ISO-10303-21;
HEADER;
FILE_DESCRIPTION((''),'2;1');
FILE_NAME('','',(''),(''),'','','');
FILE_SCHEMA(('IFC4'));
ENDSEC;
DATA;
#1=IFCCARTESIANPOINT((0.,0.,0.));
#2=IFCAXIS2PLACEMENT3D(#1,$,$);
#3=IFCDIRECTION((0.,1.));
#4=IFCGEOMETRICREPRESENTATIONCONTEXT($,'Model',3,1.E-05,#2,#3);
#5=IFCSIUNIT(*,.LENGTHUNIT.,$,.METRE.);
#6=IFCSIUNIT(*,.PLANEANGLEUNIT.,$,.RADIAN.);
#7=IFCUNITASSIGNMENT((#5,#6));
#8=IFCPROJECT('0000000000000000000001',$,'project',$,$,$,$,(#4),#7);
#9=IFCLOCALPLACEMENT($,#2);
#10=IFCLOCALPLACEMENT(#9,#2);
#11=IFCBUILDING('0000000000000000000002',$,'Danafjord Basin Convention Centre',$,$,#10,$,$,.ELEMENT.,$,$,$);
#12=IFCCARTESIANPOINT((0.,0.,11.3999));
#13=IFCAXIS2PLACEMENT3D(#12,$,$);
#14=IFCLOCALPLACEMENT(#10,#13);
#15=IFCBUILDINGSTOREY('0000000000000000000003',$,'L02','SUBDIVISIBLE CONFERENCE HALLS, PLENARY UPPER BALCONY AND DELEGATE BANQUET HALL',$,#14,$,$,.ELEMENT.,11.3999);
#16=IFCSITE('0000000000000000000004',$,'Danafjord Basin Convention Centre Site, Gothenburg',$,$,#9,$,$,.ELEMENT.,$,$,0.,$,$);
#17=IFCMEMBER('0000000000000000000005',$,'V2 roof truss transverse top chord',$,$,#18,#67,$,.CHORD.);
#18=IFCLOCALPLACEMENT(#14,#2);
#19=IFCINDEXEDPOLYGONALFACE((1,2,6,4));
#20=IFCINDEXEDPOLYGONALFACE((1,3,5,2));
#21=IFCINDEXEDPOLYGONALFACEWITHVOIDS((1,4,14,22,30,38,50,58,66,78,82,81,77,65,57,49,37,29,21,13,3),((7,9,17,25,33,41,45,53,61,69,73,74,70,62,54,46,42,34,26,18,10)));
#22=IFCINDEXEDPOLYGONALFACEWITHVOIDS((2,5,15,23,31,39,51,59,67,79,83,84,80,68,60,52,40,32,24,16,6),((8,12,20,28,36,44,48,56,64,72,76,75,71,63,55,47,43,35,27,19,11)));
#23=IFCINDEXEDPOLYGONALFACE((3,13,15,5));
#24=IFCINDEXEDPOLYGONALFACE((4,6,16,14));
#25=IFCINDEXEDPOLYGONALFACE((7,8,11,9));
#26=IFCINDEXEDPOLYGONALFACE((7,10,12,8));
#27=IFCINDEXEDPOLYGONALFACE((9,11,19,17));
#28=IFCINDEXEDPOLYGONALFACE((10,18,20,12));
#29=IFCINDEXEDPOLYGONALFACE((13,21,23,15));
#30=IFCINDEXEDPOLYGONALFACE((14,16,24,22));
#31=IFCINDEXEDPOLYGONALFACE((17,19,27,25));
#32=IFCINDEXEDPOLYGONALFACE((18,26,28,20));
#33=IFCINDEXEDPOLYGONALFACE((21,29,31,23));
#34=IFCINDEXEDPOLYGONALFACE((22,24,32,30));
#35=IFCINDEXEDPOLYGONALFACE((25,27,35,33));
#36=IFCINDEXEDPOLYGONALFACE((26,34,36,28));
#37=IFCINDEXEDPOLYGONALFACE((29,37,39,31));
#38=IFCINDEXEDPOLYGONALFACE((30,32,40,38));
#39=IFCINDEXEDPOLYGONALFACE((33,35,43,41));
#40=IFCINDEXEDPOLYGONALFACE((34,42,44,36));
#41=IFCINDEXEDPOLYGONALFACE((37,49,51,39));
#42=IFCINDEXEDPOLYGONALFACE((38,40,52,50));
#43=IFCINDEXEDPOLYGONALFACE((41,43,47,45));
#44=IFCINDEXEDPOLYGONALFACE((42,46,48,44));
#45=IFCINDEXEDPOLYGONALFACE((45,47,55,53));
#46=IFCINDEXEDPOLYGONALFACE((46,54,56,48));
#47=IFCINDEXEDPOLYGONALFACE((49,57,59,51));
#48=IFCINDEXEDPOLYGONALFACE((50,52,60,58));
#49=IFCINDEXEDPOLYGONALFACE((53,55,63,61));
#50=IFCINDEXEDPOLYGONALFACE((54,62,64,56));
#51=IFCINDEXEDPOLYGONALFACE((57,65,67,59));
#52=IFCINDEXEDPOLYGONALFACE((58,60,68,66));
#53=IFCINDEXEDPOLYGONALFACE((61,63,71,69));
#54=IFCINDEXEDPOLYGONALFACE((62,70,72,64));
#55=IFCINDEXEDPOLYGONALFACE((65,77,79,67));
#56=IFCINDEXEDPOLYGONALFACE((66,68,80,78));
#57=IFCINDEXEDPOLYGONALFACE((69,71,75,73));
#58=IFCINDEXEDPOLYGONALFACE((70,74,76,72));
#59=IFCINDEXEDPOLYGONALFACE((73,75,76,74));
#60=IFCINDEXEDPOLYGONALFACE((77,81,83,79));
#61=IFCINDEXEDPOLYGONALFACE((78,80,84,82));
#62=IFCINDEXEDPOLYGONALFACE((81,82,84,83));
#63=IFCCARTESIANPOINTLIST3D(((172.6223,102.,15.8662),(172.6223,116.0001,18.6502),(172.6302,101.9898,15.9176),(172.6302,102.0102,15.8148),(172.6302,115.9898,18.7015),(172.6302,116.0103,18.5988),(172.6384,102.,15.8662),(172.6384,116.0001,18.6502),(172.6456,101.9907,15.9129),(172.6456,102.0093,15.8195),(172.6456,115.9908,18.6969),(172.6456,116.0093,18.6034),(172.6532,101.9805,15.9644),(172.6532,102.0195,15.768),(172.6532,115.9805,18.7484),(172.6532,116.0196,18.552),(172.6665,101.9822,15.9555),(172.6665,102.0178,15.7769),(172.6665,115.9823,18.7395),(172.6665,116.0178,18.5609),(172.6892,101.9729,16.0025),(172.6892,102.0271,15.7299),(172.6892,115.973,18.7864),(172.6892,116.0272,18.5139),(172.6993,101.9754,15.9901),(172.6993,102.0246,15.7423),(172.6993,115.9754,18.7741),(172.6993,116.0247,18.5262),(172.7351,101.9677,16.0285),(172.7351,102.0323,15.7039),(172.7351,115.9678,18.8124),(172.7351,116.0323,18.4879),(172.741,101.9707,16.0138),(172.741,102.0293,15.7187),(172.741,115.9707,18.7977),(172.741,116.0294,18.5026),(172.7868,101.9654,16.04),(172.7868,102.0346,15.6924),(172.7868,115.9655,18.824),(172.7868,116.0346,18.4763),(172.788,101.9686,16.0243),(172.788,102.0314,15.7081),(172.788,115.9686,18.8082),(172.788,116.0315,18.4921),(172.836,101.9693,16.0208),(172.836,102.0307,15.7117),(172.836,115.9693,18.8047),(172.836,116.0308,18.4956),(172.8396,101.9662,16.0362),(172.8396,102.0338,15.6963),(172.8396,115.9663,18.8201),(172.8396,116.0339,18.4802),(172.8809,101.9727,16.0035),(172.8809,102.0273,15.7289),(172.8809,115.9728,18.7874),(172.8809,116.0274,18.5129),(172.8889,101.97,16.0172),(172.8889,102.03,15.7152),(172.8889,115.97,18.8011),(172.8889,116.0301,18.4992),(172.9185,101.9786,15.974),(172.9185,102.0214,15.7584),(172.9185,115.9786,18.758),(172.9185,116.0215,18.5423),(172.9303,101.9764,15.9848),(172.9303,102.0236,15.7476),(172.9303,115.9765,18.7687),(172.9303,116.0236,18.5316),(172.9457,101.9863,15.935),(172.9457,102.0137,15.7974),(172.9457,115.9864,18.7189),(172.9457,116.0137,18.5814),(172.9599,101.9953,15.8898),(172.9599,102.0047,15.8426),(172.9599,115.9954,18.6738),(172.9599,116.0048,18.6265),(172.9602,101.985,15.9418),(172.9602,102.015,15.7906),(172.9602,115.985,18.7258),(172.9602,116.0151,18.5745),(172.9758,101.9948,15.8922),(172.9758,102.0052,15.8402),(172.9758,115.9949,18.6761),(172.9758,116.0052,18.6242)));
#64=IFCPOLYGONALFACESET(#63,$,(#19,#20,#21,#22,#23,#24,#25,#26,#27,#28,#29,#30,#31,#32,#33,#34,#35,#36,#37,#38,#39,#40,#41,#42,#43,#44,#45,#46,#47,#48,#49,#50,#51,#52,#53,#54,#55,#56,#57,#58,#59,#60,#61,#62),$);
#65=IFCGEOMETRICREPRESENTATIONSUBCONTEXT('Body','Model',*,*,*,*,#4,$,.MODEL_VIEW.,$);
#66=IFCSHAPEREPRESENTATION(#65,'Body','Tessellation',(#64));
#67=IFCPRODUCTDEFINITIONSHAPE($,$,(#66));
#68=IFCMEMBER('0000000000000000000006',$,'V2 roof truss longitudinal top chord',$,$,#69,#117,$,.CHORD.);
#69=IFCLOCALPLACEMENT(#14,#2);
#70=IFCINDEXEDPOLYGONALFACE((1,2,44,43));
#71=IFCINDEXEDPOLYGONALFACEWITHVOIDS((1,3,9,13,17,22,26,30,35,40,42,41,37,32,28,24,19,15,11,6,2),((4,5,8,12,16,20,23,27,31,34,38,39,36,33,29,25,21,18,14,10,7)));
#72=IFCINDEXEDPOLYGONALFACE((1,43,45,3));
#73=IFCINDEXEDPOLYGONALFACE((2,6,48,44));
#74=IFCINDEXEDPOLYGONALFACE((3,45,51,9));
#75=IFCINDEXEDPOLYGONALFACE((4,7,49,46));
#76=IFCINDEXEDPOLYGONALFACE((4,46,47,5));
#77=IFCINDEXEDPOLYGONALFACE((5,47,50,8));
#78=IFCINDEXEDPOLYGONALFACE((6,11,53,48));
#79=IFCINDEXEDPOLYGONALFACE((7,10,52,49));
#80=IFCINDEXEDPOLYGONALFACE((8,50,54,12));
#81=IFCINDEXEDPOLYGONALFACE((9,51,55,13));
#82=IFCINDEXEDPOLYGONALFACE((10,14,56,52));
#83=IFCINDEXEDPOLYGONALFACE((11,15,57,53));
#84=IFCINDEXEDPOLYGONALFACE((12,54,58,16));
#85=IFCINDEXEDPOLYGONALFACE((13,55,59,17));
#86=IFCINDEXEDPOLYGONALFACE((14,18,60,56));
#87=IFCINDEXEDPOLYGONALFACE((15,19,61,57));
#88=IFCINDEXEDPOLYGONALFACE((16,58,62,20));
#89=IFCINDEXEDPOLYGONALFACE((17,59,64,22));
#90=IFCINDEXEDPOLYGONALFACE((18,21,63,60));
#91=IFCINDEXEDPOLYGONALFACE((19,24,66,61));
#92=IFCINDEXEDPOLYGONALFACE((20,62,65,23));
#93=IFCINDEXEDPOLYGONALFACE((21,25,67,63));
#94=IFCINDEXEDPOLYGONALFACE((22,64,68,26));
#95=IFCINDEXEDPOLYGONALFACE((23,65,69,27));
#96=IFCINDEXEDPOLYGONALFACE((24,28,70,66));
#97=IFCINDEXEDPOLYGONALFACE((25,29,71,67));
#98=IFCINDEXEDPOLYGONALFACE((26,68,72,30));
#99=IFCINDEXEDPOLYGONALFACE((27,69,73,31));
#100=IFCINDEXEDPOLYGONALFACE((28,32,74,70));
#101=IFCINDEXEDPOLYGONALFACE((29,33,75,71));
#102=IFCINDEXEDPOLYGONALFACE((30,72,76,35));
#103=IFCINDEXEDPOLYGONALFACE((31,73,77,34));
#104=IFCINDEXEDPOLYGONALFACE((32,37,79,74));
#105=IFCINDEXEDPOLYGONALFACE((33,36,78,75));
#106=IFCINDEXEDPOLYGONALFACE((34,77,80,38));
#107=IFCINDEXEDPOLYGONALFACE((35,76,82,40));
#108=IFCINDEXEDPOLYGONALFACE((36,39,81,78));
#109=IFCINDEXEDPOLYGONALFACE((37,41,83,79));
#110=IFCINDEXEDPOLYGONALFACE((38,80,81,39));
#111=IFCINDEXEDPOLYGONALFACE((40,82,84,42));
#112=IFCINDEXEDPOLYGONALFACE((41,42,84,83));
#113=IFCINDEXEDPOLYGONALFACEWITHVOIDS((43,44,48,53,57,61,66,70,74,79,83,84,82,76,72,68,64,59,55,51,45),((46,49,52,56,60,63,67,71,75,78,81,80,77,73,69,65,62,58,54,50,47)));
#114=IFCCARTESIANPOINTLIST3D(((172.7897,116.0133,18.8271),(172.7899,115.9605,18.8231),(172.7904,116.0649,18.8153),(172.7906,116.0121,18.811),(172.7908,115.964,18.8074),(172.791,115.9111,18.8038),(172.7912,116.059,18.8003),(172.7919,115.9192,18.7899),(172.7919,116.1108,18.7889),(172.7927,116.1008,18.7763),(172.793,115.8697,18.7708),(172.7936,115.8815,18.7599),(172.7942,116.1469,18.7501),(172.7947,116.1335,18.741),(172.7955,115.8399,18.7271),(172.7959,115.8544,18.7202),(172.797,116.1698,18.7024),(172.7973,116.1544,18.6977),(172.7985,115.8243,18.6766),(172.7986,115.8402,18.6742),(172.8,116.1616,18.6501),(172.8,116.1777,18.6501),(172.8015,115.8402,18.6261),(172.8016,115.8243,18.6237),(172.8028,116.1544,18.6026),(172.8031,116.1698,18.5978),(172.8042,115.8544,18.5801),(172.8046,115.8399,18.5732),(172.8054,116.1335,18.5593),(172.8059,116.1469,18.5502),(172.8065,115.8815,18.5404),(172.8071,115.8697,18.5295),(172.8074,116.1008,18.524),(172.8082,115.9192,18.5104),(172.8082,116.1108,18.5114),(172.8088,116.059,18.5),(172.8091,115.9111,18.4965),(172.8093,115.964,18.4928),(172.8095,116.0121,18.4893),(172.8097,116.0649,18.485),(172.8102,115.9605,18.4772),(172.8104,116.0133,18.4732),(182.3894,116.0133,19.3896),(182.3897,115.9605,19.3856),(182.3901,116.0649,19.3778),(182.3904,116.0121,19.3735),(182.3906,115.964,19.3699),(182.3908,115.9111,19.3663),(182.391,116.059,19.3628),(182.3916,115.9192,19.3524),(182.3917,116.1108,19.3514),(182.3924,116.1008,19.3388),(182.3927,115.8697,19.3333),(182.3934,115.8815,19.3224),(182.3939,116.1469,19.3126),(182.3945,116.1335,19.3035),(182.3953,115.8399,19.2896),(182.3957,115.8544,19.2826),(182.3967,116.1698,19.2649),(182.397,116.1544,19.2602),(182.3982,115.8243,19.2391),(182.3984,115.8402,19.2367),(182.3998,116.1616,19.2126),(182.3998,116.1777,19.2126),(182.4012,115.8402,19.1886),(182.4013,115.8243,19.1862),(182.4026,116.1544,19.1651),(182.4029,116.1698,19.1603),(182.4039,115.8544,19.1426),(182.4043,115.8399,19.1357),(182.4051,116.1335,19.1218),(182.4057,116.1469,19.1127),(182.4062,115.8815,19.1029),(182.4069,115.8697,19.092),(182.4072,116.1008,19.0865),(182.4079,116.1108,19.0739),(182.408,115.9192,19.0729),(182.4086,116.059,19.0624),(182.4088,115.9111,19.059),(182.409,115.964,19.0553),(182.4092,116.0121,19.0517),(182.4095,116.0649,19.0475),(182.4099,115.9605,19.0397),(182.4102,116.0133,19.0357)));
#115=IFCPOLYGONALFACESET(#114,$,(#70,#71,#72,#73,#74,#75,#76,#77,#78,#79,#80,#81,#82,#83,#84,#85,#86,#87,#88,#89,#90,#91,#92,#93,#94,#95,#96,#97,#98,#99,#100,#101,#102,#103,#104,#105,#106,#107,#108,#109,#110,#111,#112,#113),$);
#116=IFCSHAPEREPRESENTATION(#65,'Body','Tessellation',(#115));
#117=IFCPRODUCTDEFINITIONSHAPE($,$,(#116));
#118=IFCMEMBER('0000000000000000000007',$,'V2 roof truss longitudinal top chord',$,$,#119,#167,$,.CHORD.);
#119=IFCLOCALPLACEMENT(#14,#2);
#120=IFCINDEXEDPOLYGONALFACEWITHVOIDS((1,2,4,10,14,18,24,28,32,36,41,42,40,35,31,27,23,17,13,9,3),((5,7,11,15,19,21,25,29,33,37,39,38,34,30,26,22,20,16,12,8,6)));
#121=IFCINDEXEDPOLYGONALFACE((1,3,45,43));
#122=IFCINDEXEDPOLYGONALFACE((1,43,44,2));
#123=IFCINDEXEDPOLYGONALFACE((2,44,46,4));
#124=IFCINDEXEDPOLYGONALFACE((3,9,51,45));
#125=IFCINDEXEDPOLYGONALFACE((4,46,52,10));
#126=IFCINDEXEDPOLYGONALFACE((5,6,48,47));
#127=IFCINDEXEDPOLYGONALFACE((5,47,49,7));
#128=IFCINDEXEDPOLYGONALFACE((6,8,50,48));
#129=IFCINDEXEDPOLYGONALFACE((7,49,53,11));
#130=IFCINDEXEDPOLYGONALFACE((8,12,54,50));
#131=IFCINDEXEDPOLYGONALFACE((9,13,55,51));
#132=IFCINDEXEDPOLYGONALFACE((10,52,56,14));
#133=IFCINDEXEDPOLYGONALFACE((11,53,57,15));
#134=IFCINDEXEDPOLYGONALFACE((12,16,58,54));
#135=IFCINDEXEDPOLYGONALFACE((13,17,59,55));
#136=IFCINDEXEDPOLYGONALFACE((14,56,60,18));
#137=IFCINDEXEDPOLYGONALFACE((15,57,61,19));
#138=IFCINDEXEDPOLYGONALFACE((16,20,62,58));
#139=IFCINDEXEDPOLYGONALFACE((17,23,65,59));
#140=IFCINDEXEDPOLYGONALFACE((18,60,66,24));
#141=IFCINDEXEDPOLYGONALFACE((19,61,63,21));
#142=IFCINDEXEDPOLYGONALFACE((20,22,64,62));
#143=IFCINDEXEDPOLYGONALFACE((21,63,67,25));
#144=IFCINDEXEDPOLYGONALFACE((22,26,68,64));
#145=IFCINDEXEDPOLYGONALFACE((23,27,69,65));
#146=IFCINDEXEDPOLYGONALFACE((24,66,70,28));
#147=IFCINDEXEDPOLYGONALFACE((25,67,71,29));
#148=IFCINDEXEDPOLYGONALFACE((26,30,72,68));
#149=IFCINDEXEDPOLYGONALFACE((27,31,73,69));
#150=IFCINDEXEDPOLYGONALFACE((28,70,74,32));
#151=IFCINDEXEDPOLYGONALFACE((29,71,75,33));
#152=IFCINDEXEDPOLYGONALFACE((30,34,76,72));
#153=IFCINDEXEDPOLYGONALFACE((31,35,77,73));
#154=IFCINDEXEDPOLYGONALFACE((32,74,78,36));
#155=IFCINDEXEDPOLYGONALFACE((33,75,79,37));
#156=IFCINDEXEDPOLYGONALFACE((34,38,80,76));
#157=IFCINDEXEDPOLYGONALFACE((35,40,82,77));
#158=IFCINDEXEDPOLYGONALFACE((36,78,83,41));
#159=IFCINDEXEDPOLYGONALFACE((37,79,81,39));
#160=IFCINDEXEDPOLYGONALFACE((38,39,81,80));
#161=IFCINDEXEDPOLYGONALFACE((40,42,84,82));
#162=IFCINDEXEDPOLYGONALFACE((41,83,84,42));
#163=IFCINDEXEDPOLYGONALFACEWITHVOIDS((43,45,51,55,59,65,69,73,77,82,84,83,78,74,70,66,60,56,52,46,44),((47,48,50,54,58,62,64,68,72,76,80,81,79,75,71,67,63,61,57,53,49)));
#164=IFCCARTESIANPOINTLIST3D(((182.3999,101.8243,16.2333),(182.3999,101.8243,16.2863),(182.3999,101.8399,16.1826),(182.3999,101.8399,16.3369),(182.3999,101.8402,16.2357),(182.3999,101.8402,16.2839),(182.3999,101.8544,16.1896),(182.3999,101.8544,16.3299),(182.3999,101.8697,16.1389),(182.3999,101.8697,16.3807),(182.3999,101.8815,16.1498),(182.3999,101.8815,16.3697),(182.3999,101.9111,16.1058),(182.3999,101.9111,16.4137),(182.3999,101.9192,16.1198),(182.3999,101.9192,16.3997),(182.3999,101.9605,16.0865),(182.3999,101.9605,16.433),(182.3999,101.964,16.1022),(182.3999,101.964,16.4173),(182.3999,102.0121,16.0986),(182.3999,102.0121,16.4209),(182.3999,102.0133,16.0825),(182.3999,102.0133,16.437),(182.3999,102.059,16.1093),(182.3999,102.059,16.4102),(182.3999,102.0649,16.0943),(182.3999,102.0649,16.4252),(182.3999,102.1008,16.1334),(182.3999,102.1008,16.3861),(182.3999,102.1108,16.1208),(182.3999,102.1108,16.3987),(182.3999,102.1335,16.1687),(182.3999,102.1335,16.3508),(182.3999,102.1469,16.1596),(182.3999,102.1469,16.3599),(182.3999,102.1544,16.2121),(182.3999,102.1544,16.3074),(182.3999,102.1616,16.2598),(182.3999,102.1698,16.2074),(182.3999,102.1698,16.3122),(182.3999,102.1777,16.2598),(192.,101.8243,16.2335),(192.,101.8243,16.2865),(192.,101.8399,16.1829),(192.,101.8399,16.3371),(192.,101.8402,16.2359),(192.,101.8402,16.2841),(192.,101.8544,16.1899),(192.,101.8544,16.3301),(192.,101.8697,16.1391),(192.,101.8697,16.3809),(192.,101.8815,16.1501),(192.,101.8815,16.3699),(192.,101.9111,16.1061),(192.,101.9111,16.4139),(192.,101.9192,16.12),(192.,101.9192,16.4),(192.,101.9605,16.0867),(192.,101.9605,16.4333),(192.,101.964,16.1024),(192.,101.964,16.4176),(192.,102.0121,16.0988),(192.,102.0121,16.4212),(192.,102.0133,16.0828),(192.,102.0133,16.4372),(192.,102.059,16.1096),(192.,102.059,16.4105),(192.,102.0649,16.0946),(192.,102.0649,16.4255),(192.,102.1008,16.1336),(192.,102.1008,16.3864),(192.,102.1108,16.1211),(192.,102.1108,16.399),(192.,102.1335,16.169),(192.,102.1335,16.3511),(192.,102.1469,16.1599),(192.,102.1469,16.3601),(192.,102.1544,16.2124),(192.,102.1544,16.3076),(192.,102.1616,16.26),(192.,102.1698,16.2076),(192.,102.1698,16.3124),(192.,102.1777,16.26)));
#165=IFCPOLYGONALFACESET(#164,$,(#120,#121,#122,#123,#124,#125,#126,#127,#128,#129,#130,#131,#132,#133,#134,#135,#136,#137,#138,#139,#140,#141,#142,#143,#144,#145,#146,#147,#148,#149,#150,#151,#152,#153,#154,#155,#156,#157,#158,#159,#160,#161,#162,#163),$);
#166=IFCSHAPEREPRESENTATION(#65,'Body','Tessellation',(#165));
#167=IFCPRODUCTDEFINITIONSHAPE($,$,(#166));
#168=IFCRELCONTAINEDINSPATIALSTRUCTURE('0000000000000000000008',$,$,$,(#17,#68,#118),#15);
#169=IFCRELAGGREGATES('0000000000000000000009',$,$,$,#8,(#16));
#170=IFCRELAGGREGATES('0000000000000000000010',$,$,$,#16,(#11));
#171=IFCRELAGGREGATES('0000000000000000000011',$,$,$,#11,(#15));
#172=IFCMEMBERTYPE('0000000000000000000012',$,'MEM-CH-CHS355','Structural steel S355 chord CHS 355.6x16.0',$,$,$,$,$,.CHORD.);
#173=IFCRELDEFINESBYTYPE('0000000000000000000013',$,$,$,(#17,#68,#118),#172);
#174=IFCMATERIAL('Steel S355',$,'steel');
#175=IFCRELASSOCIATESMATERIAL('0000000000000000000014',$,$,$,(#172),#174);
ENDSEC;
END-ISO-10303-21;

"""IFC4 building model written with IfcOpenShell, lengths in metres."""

from ifc_helpers import new_model, si_unit, direction, frame, origin, origin_2d, place, context, subcontext, project, spatial, hollow_circle, extrude, material, material_profile, profile_set, type_object, element, save


model = new_model("IFC4")

# Units and contexts
model_context = context("Model", 3, precision=1e-05, world=origin(), true_north=direction((0.0, 1.0)))
body_context = subcontext(model_context, "Body", "Model", "MODEL_VIEW")
ifc_project = project(units=[si_unit("LENGTHUNIT", "METRE"), si_unit("PLANEANGLEUNIT", "RADIAN")], contexts=[model_context])

# Site, building, storey
site_placement = place(None, origin())
site = spatial("IfcSite", under=ifc_project, at=site_placement, Name="Danafjord Basin Convention Centre Site, Gothenburg", CompositionType="ELEMENT", RefElevation=0.0)
building_placement = place(site_placement, origin())
building = spatial("IfcBuilding", under=site, at=building_placement, Name="Danafjord Basin Convention Centre", CompositionType="ELEMENT")
storey_placement = place(building_placement, frame((0.0, 0.0, 11.3999)))
storey = spatial("IfcBuildingStorey", under=building, at=storey_placement, Name="L02", Description="SUBDIVISIBLE CONFERENCE HALLS, PLENARY UPPER BALCONY AND DELEGATE BANQUET HALL", CompositionType="ELEMENT", Elevation=11.3999)

# Members
ifc_material = material(Name="Steel S355", Category="steel")
ifc_material_profile_1 = material_profile(ifc_material, hollow_circle(Radius=0.1777, WallThickness=0.0161, at=origin_2d()), Name="CHS 355.6x16.0")
ifc_profile_set_1 = profile_set([ifc_material_profile_1], Name="Steel S355")
member_type_1 = type_object("IfcMemberType", Name="MEM-CH-CHS355", Description="Structural steel S355 chord CHS 355.6x16.0", PredefinedType="CHORD", material=ifc_profile_set_1)
member_1_placement = place(storey_placement, frame((172.8, 102.0, 15.8662), z_axis=(0.0, 0.980797, 0.195034), x_axis=(-1.0, 0.0, 0.0)))
element("IfcMember", 1, at=member_1_placement, inside=storey, type_object=member_type_1, Name="V2 roof truss transverse top chord", PredefinedType="CHORD", context=body_context, shape_type="SweptSolid", body=[
    extrude(hollow_circle(Radius=0.1777, WallThickness=0.0161, at=origin_2d()), origin(), (0.0, 0.0, 1.0), 14.2742),
])
member_2_placement = place(storey_placement, frame((172.8, 116.0, 18.6501), z_axis=(0.998288, 0.0, 0.058494), x_axis=(0.0, 1.0, 0.0)))
element("IfcMember", 2, at=member_2_placement, inside=storey, type_object=member_type_1, Name="V2 roof truss longitudinal top chord", PredefinedType="CHORD", context=body_context, shape_type="SweptSolid", body=[
    extrude(hollow_circle(Radius=0.1777, WallThickness=0.0161, at=origin_2d()), origin(), (0.0, 0.0, 1.0), 9.6162),
])
member_3_placement = place(storey_placement, frame((182.3999, 102.0, 16.2598), z_axis=(1.0, 0.0, 0.000025), x_axis=(0.0, 1.0, 0.0)))
element("IfcMember", 3, at=member_3_placement, inside=storey, type_object=member_type_1, Name="V2 roof truss longitudinal top chord", PredefinedType="CHORD", context=body_context, shape_type="SweptSolid", body=[
    extrude(hollow_circle(Radius=0.1777, WallThickness=0.0161, at=origin_2d()), origin(), (0.0, 0.0, 1.0), 9.6001),
])

save(model, "model.ifc")
